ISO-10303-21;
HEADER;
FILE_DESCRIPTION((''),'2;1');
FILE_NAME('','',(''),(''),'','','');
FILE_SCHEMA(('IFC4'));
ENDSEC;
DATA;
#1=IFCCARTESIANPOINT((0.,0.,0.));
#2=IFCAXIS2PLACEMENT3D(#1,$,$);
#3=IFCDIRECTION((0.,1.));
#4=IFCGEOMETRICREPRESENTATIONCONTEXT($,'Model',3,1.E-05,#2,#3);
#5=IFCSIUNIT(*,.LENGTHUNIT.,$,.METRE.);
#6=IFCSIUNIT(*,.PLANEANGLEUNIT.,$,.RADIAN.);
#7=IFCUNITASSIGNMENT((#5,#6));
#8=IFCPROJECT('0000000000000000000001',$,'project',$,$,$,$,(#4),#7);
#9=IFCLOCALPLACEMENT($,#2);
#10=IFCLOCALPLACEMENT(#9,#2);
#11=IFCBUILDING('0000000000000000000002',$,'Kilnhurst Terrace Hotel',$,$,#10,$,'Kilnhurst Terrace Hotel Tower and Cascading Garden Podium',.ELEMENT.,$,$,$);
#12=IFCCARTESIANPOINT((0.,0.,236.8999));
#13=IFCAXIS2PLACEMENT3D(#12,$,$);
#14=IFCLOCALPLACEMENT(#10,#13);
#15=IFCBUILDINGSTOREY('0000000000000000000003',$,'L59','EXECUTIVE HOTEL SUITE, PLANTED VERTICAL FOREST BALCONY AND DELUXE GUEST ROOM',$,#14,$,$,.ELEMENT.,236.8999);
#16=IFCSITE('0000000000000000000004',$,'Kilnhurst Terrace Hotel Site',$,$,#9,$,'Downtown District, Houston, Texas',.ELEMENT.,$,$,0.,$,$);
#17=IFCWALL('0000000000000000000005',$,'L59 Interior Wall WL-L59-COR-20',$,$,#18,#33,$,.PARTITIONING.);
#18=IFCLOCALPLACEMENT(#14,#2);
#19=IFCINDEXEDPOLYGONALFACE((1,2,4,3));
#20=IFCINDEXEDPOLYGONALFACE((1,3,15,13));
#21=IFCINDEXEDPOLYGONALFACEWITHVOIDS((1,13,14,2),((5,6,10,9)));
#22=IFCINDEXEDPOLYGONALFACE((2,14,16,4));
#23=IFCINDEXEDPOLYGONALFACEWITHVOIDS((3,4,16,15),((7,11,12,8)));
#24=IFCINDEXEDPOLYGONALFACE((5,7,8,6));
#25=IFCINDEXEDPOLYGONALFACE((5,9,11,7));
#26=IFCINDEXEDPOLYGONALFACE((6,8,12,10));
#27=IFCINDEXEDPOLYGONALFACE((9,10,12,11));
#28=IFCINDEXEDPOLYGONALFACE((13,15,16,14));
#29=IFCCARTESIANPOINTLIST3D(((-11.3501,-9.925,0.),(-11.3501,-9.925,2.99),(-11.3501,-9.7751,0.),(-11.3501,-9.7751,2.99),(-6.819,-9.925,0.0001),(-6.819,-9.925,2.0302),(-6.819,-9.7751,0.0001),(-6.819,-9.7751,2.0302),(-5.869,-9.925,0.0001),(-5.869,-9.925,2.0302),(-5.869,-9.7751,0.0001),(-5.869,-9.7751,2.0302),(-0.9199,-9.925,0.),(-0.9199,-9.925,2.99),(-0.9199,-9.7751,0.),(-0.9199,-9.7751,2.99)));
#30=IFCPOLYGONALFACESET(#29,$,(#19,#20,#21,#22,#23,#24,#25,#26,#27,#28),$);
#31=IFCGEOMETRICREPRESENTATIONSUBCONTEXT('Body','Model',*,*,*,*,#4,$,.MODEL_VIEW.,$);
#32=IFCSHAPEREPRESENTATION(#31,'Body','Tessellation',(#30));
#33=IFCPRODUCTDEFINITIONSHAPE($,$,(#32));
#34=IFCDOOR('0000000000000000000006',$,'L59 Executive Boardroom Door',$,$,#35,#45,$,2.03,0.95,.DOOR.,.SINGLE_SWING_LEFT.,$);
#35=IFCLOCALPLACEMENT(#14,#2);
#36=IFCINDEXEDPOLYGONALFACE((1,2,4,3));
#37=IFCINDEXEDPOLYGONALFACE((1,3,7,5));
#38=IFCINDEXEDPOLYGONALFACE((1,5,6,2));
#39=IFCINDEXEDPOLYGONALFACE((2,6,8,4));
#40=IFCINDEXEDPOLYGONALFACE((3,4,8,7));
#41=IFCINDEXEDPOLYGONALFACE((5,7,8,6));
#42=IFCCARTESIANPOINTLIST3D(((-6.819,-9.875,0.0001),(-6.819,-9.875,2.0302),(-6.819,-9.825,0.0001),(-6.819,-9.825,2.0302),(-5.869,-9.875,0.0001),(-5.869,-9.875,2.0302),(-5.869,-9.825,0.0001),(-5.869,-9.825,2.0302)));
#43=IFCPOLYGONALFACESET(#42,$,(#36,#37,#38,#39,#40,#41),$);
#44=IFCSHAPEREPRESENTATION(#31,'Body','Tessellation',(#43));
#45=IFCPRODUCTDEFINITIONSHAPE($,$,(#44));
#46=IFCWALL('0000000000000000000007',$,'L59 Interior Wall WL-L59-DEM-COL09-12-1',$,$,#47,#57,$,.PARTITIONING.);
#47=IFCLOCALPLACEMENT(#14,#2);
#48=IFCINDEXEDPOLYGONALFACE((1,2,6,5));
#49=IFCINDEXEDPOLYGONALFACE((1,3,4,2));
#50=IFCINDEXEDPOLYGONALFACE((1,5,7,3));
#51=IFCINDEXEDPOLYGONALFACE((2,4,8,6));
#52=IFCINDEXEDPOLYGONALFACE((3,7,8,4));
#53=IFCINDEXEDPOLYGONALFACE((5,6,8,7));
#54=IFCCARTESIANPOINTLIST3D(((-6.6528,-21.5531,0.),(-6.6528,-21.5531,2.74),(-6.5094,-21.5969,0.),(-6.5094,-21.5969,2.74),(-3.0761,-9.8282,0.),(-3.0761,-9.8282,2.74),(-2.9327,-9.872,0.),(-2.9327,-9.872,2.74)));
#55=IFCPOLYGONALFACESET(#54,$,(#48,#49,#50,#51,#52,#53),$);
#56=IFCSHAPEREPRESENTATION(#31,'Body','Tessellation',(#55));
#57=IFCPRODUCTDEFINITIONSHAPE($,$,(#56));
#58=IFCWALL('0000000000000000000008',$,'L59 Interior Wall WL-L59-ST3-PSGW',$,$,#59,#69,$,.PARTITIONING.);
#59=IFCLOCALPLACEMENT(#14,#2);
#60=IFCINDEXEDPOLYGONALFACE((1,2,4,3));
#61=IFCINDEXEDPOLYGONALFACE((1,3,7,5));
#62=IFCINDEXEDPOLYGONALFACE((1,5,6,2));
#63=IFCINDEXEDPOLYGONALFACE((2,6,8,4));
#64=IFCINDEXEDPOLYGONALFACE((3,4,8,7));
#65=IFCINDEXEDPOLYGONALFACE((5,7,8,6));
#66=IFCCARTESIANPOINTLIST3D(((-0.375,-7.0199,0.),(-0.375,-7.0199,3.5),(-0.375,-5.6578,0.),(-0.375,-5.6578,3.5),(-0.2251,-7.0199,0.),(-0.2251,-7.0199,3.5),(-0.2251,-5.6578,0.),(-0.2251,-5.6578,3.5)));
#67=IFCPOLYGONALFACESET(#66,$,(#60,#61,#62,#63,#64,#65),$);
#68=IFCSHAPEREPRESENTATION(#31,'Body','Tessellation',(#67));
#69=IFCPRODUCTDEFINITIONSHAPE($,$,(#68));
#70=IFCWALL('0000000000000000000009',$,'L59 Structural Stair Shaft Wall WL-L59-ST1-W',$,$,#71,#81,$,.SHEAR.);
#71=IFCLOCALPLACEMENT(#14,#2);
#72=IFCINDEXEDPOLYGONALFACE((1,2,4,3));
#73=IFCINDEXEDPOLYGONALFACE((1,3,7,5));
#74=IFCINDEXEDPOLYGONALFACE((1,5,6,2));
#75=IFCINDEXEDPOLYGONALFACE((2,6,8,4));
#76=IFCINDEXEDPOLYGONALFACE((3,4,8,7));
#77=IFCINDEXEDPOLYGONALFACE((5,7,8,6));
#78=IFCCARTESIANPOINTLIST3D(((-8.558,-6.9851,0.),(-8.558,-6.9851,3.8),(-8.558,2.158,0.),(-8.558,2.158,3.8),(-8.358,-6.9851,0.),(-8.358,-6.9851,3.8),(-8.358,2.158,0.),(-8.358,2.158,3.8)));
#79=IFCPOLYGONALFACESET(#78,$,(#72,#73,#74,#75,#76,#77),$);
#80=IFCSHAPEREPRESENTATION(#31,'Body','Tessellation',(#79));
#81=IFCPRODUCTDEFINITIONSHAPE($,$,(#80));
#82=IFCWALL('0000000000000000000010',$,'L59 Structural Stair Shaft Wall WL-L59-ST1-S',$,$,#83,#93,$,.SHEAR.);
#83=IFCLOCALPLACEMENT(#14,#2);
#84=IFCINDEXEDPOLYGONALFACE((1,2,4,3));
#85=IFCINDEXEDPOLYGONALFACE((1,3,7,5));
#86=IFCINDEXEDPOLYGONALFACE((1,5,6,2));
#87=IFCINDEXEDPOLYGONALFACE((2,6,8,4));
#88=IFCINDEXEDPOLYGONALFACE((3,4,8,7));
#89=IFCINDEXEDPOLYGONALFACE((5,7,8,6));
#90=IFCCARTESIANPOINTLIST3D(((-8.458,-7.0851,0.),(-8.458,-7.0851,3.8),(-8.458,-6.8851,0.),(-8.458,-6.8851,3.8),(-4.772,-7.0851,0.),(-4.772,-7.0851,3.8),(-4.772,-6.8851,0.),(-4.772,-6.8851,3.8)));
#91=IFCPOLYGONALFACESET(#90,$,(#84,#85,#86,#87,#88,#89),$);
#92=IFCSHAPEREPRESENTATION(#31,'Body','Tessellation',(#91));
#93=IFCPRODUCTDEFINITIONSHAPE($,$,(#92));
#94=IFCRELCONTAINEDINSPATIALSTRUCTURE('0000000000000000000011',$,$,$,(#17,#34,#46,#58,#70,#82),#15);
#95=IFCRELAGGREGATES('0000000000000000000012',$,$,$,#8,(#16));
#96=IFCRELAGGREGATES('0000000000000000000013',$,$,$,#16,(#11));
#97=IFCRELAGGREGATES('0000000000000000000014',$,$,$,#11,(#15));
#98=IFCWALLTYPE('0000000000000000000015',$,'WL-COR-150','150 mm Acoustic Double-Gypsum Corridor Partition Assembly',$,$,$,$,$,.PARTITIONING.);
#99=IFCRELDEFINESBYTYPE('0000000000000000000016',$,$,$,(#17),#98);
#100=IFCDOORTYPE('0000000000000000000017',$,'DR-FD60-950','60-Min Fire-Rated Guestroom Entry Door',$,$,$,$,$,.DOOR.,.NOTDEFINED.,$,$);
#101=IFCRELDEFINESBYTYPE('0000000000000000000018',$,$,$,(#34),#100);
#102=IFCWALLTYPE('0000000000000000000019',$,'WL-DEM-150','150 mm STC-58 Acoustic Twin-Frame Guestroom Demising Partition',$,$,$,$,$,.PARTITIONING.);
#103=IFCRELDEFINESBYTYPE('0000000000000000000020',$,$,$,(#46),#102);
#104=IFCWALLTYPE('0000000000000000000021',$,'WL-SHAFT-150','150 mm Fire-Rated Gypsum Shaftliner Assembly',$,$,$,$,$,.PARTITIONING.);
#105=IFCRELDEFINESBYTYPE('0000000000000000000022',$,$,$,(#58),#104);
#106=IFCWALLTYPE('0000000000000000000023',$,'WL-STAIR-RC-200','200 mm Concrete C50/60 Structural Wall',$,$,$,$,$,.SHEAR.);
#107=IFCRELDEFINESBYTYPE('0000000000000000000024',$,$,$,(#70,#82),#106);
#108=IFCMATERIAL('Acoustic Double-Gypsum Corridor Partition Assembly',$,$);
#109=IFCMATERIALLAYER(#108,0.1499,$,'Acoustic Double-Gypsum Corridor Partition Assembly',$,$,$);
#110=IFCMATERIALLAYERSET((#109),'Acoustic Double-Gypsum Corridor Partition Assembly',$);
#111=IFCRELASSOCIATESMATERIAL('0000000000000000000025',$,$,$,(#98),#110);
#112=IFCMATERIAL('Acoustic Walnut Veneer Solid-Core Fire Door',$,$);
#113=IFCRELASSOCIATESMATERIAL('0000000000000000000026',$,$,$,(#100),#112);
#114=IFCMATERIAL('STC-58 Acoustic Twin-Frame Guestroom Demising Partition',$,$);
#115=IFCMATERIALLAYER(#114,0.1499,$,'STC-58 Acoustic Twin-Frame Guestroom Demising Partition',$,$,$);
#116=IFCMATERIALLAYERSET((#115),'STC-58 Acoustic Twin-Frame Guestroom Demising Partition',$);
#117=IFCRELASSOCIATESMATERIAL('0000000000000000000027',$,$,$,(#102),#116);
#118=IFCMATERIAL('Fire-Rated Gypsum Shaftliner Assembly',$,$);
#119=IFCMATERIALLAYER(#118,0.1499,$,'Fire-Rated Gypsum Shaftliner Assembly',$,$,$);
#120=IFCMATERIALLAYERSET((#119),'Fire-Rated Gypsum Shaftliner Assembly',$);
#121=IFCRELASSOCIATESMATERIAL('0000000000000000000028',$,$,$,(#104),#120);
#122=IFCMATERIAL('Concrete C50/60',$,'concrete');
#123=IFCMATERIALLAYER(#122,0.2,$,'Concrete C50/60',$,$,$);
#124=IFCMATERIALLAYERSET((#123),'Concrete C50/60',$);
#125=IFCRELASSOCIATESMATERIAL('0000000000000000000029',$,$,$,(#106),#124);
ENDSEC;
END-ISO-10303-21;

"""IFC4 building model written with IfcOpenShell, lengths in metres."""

from ifc_helpers import new_model, si_unit, direction, frame, frame_2d, origin, place, context, subcontext, project, spatial, rectangle, extrude, material, layer, layer_set, type_object, element, fill, save


model = new_model("IFC4")

# Units and contexts
model_context = context("Model", 3, precision=1e-05, world=origin(), true_north=direction((0.0, 1.0)))
body_context = subcontext(model_context, "Body", "Model", "MODEL_VIEW")
ifc_project = project(units=[si_unit("LENGTHUNIT", "METRE"), si_unit("PLANEANGLEUNIT", "RADIAN")], contexts=[model_context])

# Site, building, storey
site_placement = place(None, origin())
site = spatial("IfcSite", under=ifc_project, at=site_placement, Name="Kilnhurst Terrace Hotel Site", LongName="Downtown District, Houston, Texas", CompositionType="ELEMENT", RefElevation=0.0)
building_placement = place(site_placement, origin())
building = spatial("IfcBuilding", under=site, at=building_placement, Name="Kilnhurst Terrace Hotel", LongName="Kilnhurst Terrace Hotel Tower and Cascading Garden Podium", CompositionType="ELEMENT")
storey_placement = place(building_placement, frame((0.0, 0.0, 236.8999)))
storey = spatial("IfcBuildingStorey", under=building, at=storey_placement, Name="L59", Description="EXECUTIVE HOTEL SUITE, PLANTED VERTICAL FOREST BALCONY AND DELUXE GUEST ROOM", CompositionType="ELEMENT", Elevation=236.8999)

# Shared definitions
ifc_material_1 = material(Name="Concrete C50/60", Category="concrete")

# Wall, opening, door
ifc_material_2 = material(Name="Acoustic Double-Gypsum Corridor Partition Assembly")
ifc_layer_1 = layer(ifc_material_2, 0.1499, Name="Acoustic Double-Gypsum Corridor Partition Assembly")
ifc_layer_set_1 = layer_set([ifc_layer_1], Name="Acoustic Double-Gypsum Corridor Partition Assembly")
wall_type_1 = type_object("IfcWallType", Name="WL-COR-150", Description="150 mm Acoustic Double-Gypsum Corridor Partition Assembly", PredefinedType="PARTITIONING", material=ifc_layer_set_1)
wall_1_placement = place(storey_placement, frame((-0.9199, -9.8501, 0.0), z_axis=(0.0, 0.0, 1.0), x_axis=(-1.0, 0.0, 0.0)))
wall_1 = element("IfcWall", 1, at=wall_1_placement, inside=storey, type_object=wall_type_1, Name="L59 Interior Wall WL-L59-COR-20", PredefinedType="PARTITIONING", context=body_context, shape_type="SweptSolid", body=[
    extrude(rectangle(XDim=10.4302, YDim=0.1499, at=frame_2d((5.2151, 0.0))), origin(), (0.0, 0.0, 1.0), 2.99),
])
opening_1_placement = place(wall_1_placement, frame((4.949, 0.0, 0.0)))
opening_1 = element("IfcOpeningElement", 2, at=opening_1_placement, cuts=wall_1, PredefinedType="OPENING", context=body_context, shape_type="SweptSolid", body=[
    extrude(rectangle(XDim=0.95, YDim=2.03, at=frame_2d((0.4751, 1.0151))), frame((0.0, 0.085, 0.0), z_axis=(0.0, -1.0, 0.0), x_axis=(1.0, 0.0, 0.0)), (0.0, 0.0, 1.0), 0.1699),
])
ifc_material_3 = material(Name="Acoustic Walnut Veneer Solid-Core Fire Door")
door_type_1 = type_object("IfcDoorType", Name="DR-FD60-950", Description="60-Min Fire-Rated Guestroom Entry Door", OperationType="NOTDEFINED", PredefinedType="DOOR", material=ifc_material_3)
door_1_placement = place(opening_1_placement, origin())
door_1 = element("IfcDoor", 3, at=door_1_placement, inside=storey, type_object=door_type_1, Name="L59 Executive Boardroom Door", OperationType="SINGLE_SWING_LEFT", OverallHeight=2.03, OverallWidth=0.95, PredefinedType="DOOR", context=body_context, shape_type="SweptSolid", body=[
    extrude(rectangle(XDim=0.95, YDim=2.03, at=frame_2d((0.4751, 1.0151))), frame((0.0, 0.0249, 0.0), z_axis=(0.0, -1.0, 0.0), x_axis=(1.0, 0.0, 0.0)), (0.0, 0.0, 1.0), 0.05),
])
fill(opening_1, door_1)

# Walls
ifc_material_4 = material(Name="STC-58 Acoustic Twin-Frame Guestroom Demising Partition")
ifc_layer_2 = layer(ifc_material_4, 0.1499, Name="STC-58 Acoustic Twin-Frame Guestroom Demising Partition")
ifc_layer_set_2 = layer_set([ifc_layer_2], Name="STC-58 Acoustic Twin-Frame Guestroom Demising Partition")
wall_type_2 = type_object("IfcWallType", Name="WL-DEM-150", Description="150 mm STC-58 Acoustic Twin-Frame Guestroom Demising Partition", PredefinedType="PARTITIONING", material=ifc_layer_set_2)
wall_2_placement = place(storey_placement, frame((-3.0044, -9.8501, 0.0), z_axis=(0.0, 0.0, 1.0), x_axis=(-0.291776, -0.956487, 0.0)))
element("IfcWall", 4, at=wall_2_placement, inside=storey, type_object=wall_type_2, Name="L59 Interior Wall WL-L59-DEM-COL09-12-1", PredefinedType="PARTITIONING", context=body_context, shape_type="SweptSolid", body=[
    extrude(rectangle(XDim=12.2583, YDim=0.1499, at=frame_2d((6.1292, 0.0))), origin(), (0.0, 0.0, 1.0), 2.74),
])
ifc_material_5 = material(Name="Fire-Rated Gypsum Shaftliner Assembly")
ifc_layer_3 = layer(ifc_material_5, 0.1499, Name="Fire-Rated Gypsum Shaftliner Assembly")
ifc_layer_set_3 = layer_set([ifc_layer_3], Name="Fire-Rated Gypsum Shaftliner Assembly")
wall_type_3 = type_object("IfcWallType", Name="WL-SHAFT-150", Description="150 mm Fire-Rated Gypsum Shaftliner Assembly", PredefinedType="PARTITIONING", material=ifc_layer_set_3)
wall_3_placement = place(storey_placement, frame((-0.3, -7.02, 0.0), z_axis=(0.0, 0.0, 1.0), x_axis=(0.0, 1.0, 0.0)))
element("IfcWall", 5, at=wall_3_placement, inside=storey, type_object=wall_type_3, Name="L59 Interior Wall WL-L59-ST3-PSGW", PredefinedType="PARTITIONING", context=body_context, shape_type="SweptSolid", body=[
    extrude(rectangle(XDim=1.3621, YDim=0.1499, at=frame_2d((0.6812, 0.0))), origin(), (0.0, 0.0, 1.0), 3.5),
])
ifc_layer_4 = layer(ifc_material_1, 0.2, Name="Concrete C50/60")
ifc_layer_set_4 = layer_set([ifc_layer_4], Name="Concrete C50/60")
wall_type_4 = type_object("IfcWallType", Name="WL-STAIR-RC-200", Description="200 mm Concrete C50/60 Structural Wall", PredefinedType="SHEAR", material=ifc_layer_set_4)
wall_4_placement = place(storey_placement, frame((-8.458, -6.9851, 0.0), z_axis=(0.0, 0.0, 1.0), x_axis=(0.0, 1.0, 0.0)))
element("IfcWall", 6, at=wall_4_placement, inside=storey, type_object=wall_type_4, Name="L59 Structural Stair Shaft Wall WL-L59-ST1-W", PredefinedType="SHEAR", context=body_context, shape_type="SweptSolid", body=[
    extrude(rectangle(XDim=9.1431, YDim=0.2, at=frame_2d((4.5715, 0.0))), origin(), (0.0, 0.0, 1.0), 3.8),
])
wall_5_placement = place(storey_placement, frame((-8.458, -6.9851, 0.0), z_axis=(0.0, 0.0, 1.0), x_axis=(1.0, 0.0, 0.0)))
element("IfcWall", 7, at=wall_5_placement, inside=storey, type_object=wall_type_4, Name="L59 Structural Stair Shaft Wall WL-L59-ST1-S", PredefinedType="SHEAR", context=body_context, shape_type="SweptSolid", body=[
    extrude(rectangle(XDim=3.686, YDim=0.2, at=frame_2d((1.843, 0.0))), origin(), (0.0, 0.0, 1.0), 3.8),
])

save(model, "model.ifc")
